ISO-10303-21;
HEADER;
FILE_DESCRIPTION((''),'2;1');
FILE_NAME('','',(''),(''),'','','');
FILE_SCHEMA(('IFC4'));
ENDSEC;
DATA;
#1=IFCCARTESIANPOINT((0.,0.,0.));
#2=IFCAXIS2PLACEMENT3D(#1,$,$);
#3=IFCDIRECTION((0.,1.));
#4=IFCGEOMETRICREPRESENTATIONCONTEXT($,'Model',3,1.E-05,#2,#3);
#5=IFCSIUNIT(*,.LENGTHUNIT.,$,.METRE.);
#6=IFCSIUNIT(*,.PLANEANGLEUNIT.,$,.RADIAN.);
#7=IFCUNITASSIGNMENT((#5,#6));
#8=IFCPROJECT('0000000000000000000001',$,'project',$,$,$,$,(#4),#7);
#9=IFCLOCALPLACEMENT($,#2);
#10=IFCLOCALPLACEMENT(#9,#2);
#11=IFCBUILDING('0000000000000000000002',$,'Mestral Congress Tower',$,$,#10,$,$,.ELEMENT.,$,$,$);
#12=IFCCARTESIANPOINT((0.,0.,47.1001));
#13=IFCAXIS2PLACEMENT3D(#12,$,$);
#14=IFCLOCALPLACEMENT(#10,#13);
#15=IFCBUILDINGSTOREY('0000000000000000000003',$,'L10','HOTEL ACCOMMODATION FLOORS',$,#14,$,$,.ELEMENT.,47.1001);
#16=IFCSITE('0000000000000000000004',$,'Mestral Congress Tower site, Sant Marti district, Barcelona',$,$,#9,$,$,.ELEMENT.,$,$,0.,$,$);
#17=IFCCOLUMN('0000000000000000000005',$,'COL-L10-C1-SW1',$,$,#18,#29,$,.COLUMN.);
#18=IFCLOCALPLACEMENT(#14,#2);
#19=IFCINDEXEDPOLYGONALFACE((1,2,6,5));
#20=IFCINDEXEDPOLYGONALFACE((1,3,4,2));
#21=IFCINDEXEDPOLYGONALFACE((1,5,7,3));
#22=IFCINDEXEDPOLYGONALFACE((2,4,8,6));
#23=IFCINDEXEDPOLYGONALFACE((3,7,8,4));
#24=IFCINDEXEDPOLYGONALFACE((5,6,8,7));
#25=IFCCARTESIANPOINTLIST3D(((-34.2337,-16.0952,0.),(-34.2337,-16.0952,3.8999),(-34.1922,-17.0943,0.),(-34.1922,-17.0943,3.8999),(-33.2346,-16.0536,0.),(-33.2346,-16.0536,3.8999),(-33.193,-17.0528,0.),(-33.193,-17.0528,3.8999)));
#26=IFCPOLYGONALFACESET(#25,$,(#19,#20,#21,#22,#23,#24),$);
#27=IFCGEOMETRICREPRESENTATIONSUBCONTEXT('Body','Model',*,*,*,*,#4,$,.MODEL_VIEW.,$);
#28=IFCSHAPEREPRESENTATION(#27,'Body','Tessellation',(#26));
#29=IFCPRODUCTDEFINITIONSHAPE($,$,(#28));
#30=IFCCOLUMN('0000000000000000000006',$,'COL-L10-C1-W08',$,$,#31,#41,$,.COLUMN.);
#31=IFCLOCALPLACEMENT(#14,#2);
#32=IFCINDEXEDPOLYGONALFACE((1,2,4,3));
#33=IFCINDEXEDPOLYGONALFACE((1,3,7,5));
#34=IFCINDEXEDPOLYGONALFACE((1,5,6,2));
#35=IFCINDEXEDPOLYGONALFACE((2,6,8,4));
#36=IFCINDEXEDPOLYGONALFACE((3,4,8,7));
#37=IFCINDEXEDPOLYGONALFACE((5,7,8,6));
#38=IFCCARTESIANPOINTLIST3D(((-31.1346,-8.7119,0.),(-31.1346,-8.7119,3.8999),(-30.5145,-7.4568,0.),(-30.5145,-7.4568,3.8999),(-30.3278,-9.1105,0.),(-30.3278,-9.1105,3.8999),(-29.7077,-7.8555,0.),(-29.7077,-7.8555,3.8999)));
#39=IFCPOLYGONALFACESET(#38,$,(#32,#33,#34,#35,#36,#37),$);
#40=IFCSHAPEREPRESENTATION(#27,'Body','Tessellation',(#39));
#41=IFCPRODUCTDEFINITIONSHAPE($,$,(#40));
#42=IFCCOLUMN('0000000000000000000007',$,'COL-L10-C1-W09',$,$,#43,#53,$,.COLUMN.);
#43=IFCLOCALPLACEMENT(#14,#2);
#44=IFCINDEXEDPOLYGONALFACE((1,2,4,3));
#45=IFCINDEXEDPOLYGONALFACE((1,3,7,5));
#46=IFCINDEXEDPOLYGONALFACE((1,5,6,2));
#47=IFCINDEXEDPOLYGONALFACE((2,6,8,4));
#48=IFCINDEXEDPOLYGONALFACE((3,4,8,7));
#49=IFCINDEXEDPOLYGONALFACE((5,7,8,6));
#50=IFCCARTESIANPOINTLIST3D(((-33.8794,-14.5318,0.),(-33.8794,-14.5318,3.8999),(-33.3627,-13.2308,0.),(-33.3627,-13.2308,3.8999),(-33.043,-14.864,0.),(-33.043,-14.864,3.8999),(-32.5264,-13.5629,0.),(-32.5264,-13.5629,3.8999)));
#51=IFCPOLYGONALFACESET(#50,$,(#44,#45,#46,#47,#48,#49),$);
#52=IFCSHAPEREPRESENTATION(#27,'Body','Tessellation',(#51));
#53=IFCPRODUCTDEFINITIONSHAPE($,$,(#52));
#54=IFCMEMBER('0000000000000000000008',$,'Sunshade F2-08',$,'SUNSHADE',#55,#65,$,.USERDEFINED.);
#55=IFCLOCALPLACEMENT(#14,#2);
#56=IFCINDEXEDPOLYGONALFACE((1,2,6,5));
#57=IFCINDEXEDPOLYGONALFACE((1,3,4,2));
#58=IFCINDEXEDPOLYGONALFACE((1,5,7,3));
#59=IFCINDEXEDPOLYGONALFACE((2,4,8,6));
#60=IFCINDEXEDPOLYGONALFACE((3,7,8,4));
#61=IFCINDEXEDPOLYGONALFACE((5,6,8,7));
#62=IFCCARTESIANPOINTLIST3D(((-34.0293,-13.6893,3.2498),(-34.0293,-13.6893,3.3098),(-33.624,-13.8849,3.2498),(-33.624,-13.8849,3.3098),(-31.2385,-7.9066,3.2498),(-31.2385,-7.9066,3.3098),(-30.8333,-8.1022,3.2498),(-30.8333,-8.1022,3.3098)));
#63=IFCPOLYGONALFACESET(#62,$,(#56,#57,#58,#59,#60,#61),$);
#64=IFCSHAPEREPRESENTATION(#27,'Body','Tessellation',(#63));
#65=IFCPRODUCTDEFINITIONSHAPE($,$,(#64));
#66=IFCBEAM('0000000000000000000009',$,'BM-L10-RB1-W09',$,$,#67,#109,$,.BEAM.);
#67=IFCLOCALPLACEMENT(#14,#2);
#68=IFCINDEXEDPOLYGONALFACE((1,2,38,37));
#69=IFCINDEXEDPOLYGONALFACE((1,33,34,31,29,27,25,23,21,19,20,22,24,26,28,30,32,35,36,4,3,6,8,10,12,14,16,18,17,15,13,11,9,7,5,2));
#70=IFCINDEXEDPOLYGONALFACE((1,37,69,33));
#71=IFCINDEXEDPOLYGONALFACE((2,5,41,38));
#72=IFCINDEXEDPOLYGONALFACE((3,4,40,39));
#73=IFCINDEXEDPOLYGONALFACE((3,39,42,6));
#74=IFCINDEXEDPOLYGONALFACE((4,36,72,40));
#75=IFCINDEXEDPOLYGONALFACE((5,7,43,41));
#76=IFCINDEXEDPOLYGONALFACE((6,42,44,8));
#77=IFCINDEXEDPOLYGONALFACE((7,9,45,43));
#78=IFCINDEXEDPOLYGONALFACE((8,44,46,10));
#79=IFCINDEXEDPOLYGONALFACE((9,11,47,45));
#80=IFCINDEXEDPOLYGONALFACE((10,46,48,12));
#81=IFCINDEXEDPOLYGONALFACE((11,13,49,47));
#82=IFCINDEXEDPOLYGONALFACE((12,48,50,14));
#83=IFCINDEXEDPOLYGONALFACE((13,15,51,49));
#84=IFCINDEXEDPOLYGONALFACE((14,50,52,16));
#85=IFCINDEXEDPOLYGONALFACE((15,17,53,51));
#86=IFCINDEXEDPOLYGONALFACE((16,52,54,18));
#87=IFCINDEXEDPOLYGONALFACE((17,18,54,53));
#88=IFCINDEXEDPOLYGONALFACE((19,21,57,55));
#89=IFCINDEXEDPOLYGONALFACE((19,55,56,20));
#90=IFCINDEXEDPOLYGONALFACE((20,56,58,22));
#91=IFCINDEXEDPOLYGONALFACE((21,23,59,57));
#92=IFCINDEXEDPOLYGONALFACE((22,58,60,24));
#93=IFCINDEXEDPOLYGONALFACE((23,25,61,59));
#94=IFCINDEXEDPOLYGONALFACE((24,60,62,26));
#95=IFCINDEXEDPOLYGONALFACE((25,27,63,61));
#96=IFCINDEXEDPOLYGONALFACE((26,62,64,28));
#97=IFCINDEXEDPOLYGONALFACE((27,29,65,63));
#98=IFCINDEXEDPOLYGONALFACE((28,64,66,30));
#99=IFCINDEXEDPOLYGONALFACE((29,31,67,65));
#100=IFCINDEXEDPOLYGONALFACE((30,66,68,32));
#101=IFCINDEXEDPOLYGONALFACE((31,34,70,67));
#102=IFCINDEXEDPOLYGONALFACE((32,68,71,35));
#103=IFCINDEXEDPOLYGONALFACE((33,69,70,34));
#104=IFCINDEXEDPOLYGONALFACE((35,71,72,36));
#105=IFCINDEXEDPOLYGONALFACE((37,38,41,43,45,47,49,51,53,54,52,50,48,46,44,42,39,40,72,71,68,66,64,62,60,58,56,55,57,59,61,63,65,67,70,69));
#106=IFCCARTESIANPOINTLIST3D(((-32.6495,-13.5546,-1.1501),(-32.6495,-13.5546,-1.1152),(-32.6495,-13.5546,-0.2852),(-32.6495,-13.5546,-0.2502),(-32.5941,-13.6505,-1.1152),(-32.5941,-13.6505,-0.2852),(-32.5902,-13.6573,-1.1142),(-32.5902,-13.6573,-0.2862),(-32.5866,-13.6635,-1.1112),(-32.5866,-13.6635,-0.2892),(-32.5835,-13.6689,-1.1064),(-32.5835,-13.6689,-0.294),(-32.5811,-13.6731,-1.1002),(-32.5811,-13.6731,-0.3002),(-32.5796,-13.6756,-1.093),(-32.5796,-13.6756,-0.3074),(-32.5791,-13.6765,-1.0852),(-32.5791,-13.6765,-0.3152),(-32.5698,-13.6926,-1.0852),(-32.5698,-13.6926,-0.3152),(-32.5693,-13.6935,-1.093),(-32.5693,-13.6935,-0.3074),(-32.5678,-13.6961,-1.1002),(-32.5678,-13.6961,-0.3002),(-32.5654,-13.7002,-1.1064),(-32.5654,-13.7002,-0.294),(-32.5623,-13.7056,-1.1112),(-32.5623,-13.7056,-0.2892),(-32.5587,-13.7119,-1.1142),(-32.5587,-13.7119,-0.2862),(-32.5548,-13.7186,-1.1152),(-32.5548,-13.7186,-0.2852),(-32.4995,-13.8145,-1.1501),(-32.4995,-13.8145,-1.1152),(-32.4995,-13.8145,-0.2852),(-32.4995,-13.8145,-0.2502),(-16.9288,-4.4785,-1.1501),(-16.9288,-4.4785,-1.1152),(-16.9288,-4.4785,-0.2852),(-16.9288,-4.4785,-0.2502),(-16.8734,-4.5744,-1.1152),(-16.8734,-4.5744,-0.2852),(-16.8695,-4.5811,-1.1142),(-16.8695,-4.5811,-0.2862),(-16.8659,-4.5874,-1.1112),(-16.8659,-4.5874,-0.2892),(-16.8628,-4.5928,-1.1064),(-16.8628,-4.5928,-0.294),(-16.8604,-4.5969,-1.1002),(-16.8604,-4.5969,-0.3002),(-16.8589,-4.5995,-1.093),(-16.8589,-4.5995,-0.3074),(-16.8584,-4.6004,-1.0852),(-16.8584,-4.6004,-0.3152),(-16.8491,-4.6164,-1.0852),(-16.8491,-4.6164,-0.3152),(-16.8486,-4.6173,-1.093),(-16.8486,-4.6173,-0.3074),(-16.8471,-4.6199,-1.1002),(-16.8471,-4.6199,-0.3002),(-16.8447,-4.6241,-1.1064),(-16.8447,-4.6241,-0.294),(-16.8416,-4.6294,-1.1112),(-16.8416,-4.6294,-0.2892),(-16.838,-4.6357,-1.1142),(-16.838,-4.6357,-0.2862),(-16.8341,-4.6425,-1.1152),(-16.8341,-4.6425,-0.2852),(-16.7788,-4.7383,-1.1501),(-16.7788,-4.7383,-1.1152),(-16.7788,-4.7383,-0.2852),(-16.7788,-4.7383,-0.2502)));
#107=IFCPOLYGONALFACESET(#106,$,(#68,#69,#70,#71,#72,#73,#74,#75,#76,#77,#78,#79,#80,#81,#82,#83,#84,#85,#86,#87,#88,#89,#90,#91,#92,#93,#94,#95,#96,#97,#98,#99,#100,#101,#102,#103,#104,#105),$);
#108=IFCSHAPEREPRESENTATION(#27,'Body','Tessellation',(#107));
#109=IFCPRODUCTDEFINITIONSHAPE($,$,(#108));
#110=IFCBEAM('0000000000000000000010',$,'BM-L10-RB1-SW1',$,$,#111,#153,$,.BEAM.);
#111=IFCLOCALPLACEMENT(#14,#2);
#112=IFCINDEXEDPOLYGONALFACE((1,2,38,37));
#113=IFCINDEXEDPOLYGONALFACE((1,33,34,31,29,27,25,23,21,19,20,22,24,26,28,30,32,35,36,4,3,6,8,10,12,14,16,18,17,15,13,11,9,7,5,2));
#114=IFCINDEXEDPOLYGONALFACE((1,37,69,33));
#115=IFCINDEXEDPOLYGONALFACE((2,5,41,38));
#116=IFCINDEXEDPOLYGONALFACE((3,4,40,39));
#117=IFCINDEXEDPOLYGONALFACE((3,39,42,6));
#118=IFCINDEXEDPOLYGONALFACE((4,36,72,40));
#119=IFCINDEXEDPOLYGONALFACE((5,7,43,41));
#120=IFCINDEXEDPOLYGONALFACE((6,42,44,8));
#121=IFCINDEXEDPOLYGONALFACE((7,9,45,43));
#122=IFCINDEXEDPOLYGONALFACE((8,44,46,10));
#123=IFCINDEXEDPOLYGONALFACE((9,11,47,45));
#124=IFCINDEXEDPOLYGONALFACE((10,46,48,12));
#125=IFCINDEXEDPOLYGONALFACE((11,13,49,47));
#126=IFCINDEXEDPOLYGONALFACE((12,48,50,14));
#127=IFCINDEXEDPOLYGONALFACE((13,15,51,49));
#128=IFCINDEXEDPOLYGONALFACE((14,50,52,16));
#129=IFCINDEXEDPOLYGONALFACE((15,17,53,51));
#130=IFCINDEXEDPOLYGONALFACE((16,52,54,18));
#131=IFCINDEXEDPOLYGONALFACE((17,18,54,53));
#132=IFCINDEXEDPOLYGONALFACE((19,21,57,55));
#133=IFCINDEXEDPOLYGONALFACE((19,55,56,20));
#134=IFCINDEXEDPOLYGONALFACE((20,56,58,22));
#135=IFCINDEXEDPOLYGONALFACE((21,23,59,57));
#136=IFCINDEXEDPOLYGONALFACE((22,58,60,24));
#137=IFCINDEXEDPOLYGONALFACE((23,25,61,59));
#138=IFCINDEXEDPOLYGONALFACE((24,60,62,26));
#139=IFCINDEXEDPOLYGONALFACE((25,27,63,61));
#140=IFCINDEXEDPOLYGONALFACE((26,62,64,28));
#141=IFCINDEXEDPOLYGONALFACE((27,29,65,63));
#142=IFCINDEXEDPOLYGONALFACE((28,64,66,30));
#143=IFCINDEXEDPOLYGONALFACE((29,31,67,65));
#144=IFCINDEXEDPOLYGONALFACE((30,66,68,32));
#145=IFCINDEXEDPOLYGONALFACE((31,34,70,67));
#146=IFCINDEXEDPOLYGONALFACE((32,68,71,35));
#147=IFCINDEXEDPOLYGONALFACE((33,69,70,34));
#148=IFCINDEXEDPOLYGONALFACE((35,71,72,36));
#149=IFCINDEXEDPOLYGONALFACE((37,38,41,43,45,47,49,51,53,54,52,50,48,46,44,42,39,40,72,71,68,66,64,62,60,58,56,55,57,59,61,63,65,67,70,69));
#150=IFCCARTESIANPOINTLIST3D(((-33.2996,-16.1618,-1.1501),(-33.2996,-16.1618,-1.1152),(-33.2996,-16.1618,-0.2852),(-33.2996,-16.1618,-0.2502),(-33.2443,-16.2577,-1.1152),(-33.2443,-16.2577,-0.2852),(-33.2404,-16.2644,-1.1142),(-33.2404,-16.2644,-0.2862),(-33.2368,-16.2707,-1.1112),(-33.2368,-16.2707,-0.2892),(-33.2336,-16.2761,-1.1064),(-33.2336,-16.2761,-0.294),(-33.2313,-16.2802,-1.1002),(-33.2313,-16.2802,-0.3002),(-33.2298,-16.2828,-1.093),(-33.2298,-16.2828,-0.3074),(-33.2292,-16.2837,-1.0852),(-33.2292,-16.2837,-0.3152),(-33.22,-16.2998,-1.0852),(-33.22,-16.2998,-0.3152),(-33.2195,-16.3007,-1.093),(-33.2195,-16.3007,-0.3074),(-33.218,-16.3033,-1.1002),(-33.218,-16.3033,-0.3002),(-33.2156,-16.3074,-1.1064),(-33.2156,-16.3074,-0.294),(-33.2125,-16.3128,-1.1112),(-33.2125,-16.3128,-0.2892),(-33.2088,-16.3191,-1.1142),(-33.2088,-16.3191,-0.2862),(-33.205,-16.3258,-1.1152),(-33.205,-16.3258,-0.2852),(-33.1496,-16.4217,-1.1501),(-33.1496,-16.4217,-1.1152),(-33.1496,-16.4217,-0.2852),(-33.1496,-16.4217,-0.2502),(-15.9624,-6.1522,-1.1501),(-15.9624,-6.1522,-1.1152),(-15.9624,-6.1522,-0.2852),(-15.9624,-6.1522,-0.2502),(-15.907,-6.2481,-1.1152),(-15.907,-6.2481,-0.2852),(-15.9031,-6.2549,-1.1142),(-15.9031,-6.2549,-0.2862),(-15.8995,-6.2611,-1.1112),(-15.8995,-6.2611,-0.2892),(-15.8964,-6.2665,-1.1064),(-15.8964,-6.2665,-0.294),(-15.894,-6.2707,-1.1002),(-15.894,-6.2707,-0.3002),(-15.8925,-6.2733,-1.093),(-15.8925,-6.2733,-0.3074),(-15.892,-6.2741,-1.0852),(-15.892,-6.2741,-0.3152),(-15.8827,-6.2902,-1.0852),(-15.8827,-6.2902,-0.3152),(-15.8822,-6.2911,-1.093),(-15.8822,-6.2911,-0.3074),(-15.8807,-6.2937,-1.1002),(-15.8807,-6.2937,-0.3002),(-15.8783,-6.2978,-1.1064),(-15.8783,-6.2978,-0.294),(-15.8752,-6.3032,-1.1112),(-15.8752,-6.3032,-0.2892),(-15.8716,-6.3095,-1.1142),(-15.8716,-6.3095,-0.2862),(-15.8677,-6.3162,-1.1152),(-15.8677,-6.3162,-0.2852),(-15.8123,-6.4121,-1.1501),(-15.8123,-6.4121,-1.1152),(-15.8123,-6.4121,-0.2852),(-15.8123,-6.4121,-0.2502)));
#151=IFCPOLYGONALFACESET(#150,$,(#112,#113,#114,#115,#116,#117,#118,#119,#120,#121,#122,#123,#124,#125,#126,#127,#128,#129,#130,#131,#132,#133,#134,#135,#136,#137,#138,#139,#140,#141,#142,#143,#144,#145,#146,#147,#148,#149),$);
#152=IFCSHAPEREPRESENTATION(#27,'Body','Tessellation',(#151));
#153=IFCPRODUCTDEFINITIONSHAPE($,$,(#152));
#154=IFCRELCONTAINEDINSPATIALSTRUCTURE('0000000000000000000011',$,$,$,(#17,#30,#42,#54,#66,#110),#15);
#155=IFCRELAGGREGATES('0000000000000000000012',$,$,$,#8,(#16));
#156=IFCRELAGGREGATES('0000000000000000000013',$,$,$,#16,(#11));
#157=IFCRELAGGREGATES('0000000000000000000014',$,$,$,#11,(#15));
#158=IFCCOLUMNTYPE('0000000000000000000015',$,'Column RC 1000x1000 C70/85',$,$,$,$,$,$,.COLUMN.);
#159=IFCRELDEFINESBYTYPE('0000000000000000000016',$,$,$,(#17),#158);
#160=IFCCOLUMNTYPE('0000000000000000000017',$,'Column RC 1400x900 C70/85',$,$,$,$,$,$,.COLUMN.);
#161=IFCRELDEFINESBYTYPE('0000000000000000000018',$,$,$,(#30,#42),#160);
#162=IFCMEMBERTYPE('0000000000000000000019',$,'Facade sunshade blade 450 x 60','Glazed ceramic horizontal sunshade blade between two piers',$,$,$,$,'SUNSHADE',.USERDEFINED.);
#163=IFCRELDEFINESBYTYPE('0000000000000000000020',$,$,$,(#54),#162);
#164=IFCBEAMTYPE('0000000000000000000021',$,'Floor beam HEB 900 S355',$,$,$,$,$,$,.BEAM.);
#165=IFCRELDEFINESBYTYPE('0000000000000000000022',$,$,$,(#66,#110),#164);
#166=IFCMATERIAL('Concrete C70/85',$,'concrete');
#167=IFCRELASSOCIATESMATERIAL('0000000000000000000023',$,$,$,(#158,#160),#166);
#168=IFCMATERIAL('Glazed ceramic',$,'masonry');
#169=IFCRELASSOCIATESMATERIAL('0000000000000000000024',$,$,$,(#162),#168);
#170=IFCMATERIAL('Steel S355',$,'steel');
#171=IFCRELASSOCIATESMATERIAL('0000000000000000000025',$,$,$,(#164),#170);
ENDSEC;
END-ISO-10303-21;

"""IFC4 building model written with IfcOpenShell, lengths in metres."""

from ifc_helpers import new_model, si_unit, direction, frame, origin, origin_2d, place, context, subcontext, project, spatial, rectangle, i_section, extrude, material, material_profile, profile_set, type_object, element, save


model = new_model("IFC4")

# Units and contexts
model_context = context("Model", 3, precision=1e-05, world=origin(), true_north=direction((0.0, 1.0)))
body_context = subcontext(model_context, "Body", "Model", "MODEL_VIEW")
ifc_project = project(units=[si_unit("LENGTHUNIT", "METRE"), si_unit("PLANEANGLEUNIT", "RADIAN")], contexts=[model_context])

# Site, building, storey
site_placement = place(None, origin())
site = spatial("IfcSite", under=ifc_project, at=site_placement, Name="Mestral Congress Tower site, Sant Marti district, Barcelona", CompositionType="ELEMENT", RefElevation=0.0)
building_placement = place(site_placement, origin())
building = spatial("IfcBuilding", under=site, at=building_placement, Name="Mestral Congress Tower", CompositionType="ELEMENT")
storey_placement = place(building_placement, frame((0.0, 0.0, 47.1001)))
storey = spatial("IfcBuildingStorey", under=building, at=storey_placement, Name="L10", Description="HOTEL ACCOMMODATION FLOORS", CompositionType="ELEMENT", Elevation=47.1001)

# Columns
ifc_material_1 = material(Name="Concrete C70/85", Category="concrete")
ifc_material_profile_1 = material_profile(ifc_material_1, rectangle(XDim=1.0, YDim=1.0, at=origin_2d()), Name="RC 1000x1000")
ifc_profile_set_1 = profile_set([ifc_material_profile_1], Name="Concrete C70/85")
column_type_1 = type_object("IfcColumnType", Name="Column RC 1000x1000 C70/85", PredefinedType="COLUMN", material=ifc_profile_set_1)
column_placement = place(storey_placement, frame((-33.7134, -16.574, 0.0), z_axis=(0.0, 0.0, 1.0), x_axis=(0.041583, -0.999135, 0.0)))
element("IfcColumn", 1, at=column_placement, inside=storey, type_object=column_type_1, Name="COL-L10-C1-SW1", PredefinedType="COLUMN", context=body_context, shape_type="SweptSolid", body=[
    extrude(rectangle(XDim=1.0, YDim=1.0, at=origin_2d()), origin(), (0.0, 0.0, 1.0), 3.8999),
])
ifc_material_profile_2 = material_profile(ifc_material_1, rectangle(XDim=1.3999, YDim=0.8999, at=origin_2d()), Name="RC 1400x900")
ifc_profile_set_2 = profile_set([ifc_material_profile_2], Name="Concrete C70/85")
column_type_2 = type_object("IfcColumnType", Name="Column RC 1400x900 C70/85", PredefinedType="COLUMN", material=ifc_profile_set_2)
for number, where, z_axis, x_axis, name in (
    (2, (-30.4211, -8.2837, 0.0), (0.0, 0.0, 1.0), (-0.442959, -0.896542, 0.0), "COL-L10-C1-W08"),
    (3, (-33.2029, -14.0474, 0.0), (0.0, 0.0, 1.0), (-0.36909, -0.929394, 0.0), "COL-L10-C1-W09"),
):
    element("IfcColumn", number, at=place(storey_placement, frame(where, z_axis=z_axis, x_axis=x_axis)), inside=storey, type_object=column_type_2, Name=name, PredefinedType="COLUMN", context=body_context, shape_type="SweptSolid", body=[
        extrude(rectangle(XDim=1.3999, YDim=0.8999, at=origin_2d()), origin(), (0.0, 0.0, 1.0), 3.8999),
    ])

# Member
ifc_material_2 = material(Name="Glazed ceramic", Category="masonry")
ifc_material_profile_3 = material_profile(ifc_material_2, rectangle(XDim=0.45, YDim=0.0601, at=origin_2d()), Name="Ceramic blade 450 x 60")
ifc_profile_set_3 = profile_set([ifc_material_profile_3], Name="Glazed ceramic")
member_type = type_object("IfcMemberType", Name="Facade sunshade blade 450 x 60", Description="Glazed ceramic horizontal sunshade blade between two piers", ElementType="SUNSHADE", PredefinedType="USERDEFINED", material=ifc_profile_set_3)
member_placement = place(storey_placement, frame((-31.0359, -8.0044, 3.2798), z_axis=(-0.434637, -0.900606, 0.0), x_axis=(0.900606, -0.434637, 0.0)))
element("IfcMember", 4, at=member_placement, inside=storey, type_object=member_type, Name="Sunshade F2-08", ObjectType="SUNSHADE", PredefinedType="USERDEFINED", context=body_context, shape_type="SweptSolid", body=[
    extrude(rectangle(XDim=0.45, YDim=0.0601, at=origin_2d()), origin(), (0.0, 0.0, 1.0), 6.4209),
])

# Beams
ifc_material_3 = material(Name="Steel S355", Category="steel")
ifc_material_profile_4 = material_profile(ifc_material_3, i_section(OverallWidth=0.3, OverallDepth=0.8999, WebThickness=0.0186, FlangeThickness=0.0349, FilletRadius=0.03, at=origin_2d()), Name="HEB 900")
ifc_profile_set_4 = profile_set([ifc_material_profile_4], Name="Steel S355")
beam_type_1 = type_object("IfcBeamType", Name="Floor beam HEB 900 S355", PredefinedType="BEAM", material=ifc_profile_set_4)
beam_1_placement = place(storey_placement, frame((-32.5745, -13.6846, -0.7002), z_axis=(0.86603, 0.499993, 0.0), x_axis=(-0.499993, 0.86603, 0.0)))
element("IfcBeam", 5, at=beam_1_placement, inside=storey, type_object=beam_type_1, Name="BM-L10-RB1-W09", PredefinedType="BEAM", context=body_context, shape_type="SweptSolid", body=[
    extrude(i_section(OverallWidth=0.3, OverallDepth=0.8999, WebThickness=0.0186, FlangeThickness=0.0349, FilletRadius=0.03, at=origin_2d()), origin(), (0.0, 0.0, 1.0), 18.1526),
])
beam_2_placement = place(storey_placement, frame((-33.2246, -16.2917, -0.7002), z_axis=(0.866027, 0.499997, 0.0), x_axis=(-0.499997, 0.866027, 0.0)))
element("IfcBeam", 6, at=beam_2_placement, inside=storey, type_object=beam_type_1, Name="BM-L10-RB1-SW1", PredefinedType="BEAM", context=body_context, shape_type="SweptSolid", body=[
    extrude(i_section(OverallWidth=0.3, OverallDepth=0.8999, WebThickness=0.0186, FlangeThickness=0.0349, FilletRadius=0.03, at=origin_2d()), origin(), (0.0, 0.0, 1.0), 20.0193),
])

save(model, "model.ifc")
